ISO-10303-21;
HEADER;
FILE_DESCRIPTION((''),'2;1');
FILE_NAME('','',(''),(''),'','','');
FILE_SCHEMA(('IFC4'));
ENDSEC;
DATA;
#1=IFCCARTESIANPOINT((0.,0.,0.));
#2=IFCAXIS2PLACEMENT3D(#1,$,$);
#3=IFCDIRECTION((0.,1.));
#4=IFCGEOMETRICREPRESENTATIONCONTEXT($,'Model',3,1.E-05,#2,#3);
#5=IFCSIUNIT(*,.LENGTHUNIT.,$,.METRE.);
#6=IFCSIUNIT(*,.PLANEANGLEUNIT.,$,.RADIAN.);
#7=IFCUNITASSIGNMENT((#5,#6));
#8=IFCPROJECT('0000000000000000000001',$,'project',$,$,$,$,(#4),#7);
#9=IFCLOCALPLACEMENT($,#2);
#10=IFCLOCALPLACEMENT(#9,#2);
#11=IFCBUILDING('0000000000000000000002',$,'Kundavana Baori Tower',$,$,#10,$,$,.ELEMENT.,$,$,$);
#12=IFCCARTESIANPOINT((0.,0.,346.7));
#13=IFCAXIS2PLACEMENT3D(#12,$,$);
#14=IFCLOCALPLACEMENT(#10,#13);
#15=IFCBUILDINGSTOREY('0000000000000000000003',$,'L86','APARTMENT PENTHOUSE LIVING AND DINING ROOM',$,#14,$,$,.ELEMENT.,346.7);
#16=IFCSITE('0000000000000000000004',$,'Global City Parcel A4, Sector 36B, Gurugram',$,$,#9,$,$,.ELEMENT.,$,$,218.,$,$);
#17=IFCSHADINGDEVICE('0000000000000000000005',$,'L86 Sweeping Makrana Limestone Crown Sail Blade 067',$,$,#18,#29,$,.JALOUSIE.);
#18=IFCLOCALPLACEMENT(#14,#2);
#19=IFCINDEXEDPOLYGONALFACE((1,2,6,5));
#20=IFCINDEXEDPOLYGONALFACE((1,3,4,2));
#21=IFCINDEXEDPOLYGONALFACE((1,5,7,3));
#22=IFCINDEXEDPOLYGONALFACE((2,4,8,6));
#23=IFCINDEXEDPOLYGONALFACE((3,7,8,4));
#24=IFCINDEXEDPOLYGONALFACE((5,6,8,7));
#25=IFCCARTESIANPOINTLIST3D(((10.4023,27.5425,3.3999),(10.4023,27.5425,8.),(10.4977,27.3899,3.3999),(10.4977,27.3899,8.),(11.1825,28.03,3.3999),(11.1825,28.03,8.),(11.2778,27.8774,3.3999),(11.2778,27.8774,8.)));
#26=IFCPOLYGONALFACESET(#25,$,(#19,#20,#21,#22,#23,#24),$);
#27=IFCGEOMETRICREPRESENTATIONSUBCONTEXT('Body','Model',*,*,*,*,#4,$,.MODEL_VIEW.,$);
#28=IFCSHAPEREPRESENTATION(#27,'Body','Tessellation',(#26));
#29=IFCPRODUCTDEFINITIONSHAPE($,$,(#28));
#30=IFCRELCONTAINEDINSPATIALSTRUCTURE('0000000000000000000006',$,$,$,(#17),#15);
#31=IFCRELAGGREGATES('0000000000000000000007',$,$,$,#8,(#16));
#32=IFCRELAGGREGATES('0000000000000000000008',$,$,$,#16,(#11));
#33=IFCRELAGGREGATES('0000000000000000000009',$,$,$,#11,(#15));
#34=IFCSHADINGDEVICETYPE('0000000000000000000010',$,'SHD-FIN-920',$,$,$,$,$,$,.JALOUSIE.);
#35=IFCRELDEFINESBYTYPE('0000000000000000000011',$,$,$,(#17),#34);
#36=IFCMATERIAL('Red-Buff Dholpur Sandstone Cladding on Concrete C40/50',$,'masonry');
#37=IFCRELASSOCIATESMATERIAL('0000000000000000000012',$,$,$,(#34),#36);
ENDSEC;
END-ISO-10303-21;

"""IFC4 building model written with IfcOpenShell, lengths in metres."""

from ifc_helpers import new_model, si_unit, direction, frame, origin, origin_2d, place, context, subcontext, project, spatial, rectangle, extrude, material, type_object, element, save


model = new_model("IFC4")

# Units and contexts
model_context = context("Model", 3, precision=1e-05, world=origin(), true_north=direction((0.0, 1.0)))
body_context = subcontext(model_context, "Body", "Model", "MODEL_VIEW")
ifc_project = project(units=[si_unit("LENGTHUNIT", "METRE"), si_unit("PLANEANGLEUNIT", "RADIAN")], contexts=[model_context])

# Site, building, storey
site_placement = place(None, origin())
site = spatial("IfcSite", under=ifc_project, at=site_placement, Name="Global City Parcel A4, Sector 36B, Gurugram", CompositionType="ELEMENT", RefElevation=218.0)
building_placement = place(site_placement, origin())
building = spatial("IfcBuilding", under=site, at=building_placement, Name="Kundavana Baori Tower", CompositionType="ELEMENT")
storey_placement = place(building_placement, frame((0.0, 0.0, 346.7)))
storey = spatial("IfcBuildingStorey", under=building, at=storey_placement, Name="L86", Description="APARTMENT PENTHOUSE LIVING AND DINING ROOM", CompositionType="ELEMENT", Elevation=346.7)

# Shading device
ifc_material_1 = material(Name="Red-Buff Dholpur Sandstone Cladding on Concrete C40/50", Category="masonry")
shading_device_type = type_object("IfcShadingDeviceType", Name="SHD-FIN-920", PredefinedType="JALOUSIE", material=ifc_material_1)
for number, where, z_axis, x_axis, name in (
    (1, (10.8401, 27.71, 3.3999), (0.0, 0.0, 1.0), (-0.529919, 0.848048, 0.0), "L86 Sweeping Makrana Limestone Crown Sail Blade 067"),
):
    element("IfcShadingDevice", number, at=place(storey_placement, frame(where, z_axis=z_axis, x_axis=x_axis)), inside=storey, type_object=shading_device_type, Name=name, PredefinedType="JALOUSIE", context=body_context, shape_type="SweptSolid", body=[
        extrude(rectangle(XDim=0.1799, YDim=0.9199, at=origin_2d()), origin(), (0.0, 0.0, 1.0), 4.6001),
    ])

save(model, "model.ifc")
